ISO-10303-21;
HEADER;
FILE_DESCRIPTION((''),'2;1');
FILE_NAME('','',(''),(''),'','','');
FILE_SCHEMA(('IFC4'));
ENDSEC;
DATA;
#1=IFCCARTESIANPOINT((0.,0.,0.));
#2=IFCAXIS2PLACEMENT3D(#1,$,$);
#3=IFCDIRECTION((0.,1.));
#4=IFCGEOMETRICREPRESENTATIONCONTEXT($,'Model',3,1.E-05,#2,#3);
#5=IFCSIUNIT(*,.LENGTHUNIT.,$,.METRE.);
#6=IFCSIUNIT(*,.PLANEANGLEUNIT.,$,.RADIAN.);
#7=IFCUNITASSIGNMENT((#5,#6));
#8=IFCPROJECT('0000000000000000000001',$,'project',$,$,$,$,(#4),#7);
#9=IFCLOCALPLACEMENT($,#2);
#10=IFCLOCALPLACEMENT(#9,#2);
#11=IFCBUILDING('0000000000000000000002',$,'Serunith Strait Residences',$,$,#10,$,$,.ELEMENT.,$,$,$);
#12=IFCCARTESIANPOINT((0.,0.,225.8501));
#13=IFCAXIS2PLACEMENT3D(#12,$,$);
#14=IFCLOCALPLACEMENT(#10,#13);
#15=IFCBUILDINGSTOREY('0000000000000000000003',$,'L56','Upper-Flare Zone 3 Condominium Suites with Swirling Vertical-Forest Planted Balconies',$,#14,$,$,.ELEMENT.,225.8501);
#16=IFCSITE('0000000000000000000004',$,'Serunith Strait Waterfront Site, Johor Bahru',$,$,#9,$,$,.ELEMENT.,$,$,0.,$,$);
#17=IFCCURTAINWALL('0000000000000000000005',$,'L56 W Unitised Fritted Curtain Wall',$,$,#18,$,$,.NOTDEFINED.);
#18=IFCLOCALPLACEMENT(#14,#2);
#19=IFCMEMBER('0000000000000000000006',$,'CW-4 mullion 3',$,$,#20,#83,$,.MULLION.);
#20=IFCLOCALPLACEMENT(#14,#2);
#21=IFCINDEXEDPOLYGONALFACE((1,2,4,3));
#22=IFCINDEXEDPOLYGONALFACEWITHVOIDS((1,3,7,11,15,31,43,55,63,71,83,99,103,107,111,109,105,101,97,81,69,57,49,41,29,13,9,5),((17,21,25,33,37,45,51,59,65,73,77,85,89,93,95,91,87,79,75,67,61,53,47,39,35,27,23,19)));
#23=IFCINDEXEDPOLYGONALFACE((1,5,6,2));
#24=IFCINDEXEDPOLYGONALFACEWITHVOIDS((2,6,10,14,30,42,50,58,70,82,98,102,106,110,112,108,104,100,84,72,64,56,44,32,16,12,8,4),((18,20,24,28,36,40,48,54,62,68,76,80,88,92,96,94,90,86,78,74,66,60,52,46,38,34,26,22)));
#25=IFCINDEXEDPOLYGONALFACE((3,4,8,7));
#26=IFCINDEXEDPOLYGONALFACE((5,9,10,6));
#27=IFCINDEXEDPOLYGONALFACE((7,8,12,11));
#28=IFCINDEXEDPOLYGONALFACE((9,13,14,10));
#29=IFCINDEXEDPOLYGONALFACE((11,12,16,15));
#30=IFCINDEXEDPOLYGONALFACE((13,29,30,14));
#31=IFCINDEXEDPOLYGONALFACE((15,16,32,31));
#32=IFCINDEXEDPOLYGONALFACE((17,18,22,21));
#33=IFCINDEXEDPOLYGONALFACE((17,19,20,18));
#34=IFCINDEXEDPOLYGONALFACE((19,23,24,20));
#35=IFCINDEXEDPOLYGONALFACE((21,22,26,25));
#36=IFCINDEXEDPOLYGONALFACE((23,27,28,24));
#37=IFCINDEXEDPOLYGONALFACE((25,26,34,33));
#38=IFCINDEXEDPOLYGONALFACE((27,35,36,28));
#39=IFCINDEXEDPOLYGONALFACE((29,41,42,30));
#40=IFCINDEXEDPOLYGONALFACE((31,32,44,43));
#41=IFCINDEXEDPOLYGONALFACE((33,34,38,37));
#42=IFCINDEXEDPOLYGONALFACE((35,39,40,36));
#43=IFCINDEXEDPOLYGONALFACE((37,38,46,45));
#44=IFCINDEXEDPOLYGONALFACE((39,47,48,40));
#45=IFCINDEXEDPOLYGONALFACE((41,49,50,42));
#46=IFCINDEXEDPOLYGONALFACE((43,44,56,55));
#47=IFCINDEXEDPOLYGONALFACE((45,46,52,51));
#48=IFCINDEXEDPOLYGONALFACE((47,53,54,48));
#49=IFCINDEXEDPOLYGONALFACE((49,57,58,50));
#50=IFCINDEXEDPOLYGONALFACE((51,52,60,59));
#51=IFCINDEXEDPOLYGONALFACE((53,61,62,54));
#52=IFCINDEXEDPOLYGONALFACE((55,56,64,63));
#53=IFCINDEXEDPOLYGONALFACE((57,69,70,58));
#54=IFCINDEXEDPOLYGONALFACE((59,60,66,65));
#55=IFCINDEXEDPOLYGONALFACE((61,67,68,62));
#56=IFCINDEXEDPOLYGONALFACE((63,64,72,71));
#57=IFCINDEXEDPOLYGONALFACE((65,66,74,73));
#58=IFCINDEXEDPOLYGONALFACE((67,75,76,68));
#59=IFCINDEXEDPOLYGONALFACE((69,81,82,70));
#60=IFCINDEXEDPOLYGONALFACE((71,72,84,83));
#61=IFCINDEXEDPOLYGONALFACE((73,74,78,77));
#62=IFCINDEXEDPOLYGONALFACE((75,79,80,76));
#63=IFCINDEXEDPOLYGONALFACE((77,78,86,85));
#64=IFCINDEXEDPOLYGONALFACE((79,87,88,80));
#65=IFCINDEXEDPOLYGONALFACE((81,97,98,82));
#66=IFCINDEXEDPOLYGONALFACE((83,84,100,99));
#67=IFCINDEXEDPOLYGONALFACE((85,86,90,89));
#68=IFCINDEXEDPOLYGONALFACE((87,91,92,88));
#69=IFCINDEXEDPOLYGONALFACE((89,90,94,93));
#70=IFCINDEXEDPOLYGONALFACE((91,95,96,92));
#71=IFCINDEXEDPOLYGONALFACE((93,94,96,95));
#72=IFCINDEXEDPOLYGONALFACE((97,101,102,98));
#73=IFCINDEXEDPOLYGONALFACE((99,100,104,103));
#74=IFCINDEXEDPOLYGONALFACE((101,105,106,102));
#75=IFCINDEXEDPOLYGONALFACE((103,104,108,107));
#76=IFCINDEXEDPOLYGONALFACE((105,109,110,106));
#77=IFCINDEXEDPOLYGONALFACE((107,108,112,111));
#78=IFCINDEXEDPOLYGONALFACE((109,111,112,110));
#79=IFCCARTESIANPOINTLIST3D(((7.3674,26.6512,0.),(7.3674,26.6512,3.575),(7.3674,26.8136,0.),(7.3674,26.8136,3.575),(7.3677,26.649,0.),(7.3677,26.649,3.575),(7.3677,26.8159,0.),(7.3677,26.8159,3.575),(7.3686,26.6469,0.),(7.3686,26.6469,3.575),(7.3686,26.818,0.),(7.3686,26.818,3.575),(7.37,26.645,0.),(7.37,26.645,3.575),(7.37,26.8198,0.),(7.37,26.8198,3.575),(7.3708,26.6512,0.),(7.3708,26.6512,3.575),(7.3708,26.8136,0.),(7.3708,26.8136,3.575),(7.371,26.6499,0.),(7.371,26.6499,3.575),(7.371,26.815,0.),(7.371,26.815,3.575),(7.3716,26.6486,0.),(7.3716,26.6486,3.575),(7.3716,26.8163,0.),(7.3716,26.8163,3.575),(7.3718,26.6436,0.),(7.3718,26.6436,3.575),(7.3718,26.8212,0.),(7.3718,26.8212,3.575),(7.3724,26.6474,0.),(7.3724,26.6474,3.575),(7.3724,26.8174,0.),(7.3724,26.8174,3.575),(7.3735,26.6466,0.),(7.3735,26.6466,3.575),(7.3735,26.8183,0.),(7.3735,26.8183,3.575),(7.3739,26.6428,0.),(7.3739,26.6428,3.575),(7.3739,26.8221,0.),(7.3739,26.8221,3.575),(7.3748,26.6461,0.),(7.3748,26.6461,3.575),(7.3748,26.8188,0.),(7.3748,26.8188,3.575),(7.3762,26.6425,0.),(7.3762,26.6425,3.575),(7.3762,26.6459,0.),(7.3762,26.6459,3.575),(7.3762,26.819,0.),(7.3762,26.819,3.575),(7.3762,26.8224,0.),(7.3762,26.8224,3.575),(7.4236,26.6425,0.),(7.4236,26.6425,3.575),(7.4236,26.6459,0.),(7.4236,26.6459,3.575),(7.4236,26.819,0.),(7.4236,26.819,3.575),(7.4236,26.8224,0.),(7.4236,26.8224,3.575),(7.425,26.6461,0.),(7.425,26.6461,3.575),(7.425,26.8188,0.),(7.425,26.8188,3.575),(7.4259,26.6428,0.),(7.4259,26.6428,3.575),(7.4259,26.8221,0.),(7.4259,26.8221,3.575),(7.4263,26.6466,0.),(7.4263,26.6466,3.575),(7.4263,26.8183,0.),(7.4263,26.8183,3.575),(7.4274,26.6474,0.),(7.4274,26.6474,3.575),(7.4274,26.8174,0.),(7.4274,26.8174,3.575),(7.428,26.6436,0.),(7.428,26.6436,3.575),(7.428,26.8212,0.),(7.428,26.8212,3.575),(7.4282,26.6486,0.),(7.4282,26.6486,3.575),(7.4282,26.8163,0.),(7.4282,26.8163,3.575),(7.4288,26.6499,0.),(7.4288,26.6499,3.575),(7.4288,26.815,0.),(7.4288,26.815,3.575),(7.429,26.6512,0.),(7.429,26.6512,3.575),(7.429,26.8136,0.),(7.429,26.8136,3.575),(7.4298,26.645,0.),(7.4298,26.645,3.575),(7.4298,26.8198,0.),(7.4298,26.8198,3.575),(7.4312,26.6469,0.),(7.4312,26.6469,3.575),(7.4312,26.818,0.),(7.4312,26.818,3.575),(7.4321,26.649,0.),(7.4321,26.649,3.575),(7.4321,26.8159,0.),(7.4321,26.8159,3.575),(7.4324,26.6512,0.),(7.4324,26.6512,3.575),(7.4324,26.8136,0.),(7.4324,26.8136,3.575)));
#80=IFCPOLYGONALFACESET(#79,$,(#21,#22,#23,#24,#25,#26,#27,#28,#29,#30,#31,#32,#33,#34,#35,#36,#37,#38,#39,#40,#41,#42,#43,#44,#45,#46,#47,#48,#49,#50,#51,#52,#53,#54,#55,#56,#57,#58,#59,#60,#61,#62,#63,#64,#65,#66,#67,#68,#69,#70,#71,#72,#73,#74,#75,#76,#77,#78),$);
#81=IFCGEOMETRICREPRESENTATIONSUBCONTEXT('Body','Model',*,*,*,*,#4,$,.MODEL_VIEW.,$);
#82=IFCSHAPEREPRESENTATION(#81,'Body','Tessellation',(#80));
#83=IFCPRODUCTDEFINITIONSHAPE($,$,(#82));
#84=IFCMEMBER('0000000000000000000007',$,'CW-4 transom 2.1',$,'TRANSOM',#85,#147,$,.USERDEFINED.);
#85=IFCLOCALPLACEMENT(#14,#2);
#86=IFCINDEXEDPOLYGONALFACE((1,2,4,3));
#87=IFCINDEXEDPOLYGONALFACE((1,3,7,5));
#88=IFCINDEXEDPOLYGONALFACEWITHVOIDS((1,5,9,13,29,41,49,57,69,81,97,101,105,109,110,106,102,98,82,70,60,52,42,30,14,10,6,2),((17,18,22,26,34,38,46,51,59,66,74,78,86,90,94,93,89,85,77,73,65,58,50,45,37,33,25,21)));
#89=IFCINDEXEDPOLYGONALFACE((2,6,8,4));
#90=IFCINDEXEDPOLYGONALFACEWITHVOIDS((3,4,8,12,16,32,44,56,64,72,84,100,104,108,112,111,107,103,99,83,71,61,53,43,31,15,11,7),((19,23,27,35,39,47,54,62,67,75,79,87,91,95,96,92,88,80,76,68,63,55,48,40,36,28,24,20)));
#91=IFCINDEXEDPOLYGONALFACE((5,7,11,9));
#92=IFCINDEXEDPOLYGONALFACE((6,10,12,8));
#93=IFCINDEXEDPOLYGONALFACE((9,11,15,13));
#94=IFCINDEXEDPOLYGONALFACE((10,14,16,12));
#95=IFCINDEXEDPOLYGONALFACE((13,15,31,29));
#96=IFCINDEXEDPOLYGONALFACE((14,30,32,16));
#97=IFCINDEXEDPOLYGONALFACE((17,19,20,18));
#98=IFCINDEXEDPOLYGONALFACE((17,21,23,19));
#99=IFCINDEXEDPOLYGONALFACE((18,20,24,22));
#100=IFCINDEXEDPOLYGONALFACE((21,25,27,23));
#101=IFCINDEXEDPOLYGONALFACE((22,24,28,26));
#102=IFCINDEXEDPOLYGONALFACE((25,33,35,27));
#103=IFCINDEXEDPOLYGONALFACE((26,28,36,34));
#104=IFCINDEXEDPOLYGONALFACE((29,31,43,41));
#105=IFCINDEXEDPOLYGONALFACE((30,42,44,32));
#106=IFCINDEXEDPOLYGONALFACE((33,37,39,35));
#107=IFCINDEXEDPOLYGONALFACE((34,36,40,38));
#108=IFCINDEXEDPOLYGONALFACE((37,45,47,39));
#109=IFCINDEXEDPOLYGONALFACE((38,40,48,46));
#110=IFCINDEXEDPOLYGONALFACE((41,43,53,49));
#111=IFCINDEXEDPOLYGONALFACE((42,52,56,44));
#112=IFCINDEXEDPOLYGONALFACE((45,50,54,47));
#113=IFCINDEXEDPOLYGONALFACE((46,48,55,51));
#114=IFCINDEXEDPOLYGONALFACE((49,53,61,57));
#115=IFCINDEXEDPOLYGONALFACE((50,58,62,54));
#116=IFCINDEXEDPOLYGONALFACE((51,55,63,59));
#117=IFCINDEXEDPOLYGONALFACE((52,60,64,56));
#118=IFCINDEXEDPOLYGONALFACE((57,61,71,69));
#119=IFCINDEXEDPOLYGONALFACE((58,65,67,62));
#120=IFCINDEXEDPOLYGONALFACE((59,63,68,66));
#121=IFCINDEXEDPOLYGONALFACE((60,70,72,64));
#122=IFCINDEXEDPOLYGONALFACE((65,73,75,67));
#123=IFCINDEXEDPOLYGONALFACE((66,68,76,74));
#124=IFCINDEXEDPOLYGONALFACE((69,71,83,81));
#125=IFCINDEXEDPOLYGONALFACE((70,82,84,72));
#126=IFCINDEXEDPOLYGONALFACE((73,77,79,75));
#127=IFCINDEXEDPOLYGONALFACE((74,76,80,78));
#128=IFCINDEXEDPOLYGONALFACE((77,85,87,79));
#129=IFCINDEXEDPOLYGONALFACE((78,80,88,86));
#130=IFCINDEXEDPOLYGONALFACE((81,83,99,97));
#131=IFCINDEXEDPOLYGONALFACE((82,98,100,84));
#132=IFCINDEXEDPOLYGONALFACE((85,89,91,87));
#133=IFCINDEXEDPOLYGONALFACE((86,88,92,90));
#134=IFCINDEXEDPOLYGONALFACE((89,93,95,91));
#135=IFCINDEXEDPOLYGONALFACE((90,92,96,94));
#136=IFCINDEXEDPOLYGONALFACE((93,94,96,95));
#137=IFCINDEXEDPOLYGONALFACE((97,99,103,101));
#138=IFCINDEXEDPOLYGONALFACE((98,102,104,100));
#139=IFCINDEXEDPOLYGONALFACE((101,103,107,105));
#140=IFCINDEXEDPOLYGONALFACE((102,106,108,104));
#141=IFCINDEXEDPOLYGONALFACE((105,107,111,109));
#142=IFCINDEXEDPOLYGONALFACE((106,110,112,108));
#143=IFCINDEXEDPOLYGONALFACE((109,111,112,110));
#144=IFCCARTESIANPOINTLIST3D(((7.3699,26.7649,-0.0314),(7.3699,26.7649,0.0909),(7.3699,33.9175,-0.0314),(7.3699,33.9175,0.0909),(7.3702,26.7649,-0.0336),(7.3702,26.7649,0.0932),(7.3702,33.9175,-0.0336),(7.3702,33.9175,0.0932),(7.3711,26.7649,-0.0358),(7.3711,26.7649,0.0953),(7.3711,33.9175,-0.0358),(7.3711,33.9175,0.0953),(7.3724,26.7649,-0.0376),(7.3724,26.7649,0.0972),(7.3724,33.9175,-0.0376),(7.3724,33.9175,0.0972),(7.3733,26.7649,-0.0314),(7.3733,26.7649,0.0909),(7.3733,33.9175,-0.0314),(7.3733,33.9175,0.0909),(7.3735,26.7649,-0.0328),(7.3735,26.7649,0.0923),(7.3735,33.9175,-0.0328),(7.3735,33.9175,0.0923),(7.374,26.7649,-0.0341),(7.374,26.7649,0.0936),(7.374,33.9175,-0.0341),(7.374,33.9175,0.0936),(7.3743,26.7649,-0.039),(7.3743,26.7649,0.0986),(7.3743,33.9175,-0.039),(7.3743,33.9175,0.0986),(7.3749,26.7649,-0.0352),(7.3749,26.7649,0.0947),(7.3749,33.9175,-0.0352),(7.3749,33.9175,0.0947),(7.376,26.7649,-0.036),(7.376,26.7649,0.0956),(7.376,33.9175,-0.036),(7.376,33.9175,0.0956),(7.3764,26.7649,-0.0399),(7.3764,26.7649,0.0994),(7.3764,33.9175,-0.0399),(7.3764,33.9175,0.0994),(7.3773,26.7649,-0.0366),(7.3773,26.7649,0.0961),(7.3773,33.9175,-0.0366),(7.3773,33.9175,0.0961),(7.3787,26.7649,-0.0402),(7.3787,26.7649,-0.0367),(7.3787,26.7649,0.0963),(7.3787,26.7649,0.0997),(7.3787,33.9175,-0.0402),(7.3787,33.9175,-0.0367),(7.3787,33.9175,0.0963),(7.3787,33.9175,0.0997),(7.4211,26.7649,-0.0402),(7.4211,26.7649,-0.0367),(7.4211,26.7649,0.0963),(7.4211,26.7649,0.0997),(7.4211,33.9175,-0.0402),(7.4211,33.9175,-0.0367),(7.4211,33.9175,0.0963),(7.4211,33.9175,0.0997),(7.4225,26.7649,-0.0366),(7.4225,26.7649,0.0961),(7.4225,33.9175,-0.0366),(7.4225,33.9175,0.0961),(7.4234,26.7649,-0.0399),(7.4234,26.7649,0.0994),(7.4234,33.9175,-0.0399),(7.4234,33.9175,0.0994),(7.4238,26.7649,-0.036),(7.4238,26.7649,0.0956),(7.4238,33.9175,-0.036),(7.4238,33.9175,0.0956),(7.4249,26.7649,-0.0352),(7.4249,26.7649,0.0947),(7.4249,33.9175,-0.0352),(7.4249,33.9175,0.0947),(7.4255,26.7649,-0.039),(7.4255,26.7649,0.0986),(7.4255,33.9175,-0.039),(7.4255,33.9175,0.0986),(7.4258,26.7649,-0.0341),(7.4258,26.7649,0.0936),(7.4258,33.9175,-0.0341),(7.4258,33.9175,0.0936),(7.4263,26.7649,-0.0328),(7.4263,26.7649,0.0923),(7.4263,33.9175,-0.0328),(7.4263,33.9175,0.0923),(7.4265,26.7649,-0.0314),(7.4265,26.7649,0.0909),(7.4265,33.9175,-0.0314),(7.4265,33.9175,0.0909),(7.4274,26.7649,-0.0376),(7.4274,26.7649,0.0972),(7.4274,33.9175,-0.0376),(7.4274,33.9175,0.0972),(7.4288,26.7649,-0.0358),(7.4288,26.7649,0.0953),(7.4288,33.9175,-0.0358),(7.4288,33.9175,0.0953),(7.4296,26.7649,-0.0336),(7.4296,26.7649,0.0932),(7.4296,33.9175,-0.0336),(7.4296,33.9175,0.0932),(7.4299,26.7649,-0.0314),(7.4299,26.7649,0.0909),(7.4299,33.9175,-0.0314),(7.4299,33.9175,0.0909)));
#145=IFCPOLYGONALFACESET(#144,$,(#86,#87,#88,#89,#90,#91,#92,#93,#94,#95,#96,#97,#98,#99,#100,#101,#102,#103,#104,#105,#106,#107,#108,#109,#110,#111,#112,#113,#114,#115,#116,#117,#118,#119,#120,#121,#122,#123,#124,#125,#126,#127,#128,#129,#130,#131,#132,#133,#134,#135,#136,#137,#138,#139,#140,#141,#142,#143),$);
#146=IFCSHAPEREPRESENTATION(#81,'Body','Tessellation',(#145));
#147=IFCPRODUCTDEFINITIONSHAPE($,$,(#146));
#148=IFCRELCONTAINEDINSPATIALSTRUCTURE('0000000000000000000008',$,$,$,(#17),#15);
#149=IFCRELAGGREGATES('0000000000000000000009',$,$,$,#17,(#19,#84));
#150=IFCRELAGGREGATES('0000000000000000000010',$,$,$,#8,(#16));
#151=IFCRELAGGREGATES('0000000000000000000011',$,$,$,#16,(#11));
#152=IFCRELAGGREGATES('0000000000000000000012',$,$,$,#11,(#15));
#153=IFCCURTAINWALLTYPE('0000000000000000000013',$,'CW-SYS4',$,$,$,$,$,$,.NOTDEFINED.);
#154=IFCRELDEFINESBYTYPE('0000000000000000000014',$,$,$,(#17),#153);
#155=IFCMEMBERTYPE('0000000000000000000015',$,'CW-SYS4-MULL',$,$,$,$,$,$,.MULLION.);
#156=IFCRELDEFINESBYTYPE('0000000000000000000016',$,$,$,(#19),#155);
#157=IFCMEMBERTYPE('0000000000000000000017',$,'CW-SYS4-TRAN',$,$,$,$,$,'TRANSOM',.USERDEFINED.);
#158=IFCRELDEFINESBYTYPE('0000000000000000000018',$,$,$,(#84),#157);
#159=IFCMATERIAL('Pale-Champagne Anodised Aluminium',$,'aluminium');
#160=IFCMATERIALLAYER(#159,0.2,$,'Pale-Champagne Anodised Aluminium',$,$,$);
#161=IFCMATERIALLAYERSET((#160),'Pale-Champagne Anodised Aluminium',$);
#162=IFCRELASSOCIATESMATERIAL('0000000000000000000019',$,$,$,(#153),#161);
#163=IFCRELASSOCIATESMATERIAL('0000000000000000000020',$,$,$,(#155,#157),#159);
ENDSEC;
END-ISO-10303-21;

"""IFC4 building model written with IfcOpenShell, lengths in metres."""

from ifc_helpers import new_model, si_unit, direction, frame, origin, origin_2d, place, context, subcontext, project, spatial, hollow_rectangle, extrude, source, transform, mapped, material, layer, layer_set, material_profile, profile_set, type_object, element, aggregate, save


model = new_model("IFC4")

# Units and contexts
model_context = context("Model", 3, precision=1e-05, world=origin(), true_north=direction((0.0, 1.0)))
body_context = subcontext(model_context, "Body", "Model", "MODEL_VIEW")
ifc_project = project(units=[si_unit("LENGTHUNIT", "METRE"), si_unit("PLANEANGLEUNIT", "RADIAN")], contexts=[model_context])

# Site, building, storey
site_placement = place(None, origin())
site = spatial("IfcSite", under=ifc_project, at=site_placement, Name="Serunith Strait Waterfront Site, Johor Bahru", CompositionType="ELEMENT", RefElevation=0.0)
building_placement = place(site_placement, origin())
building = spatial("IfcBuilding", under=site, at=building_placement, Name="Serunith Strait Residences", CompositionType="ELEMENT")
storey_placement = place(building_placement, frame((0.0, 0.0, 225.8501)))
storey = spatial("IfcBuildingStorey", under=building, at=storey_placement, Name="L56", Description="Upper-Flare Zone 3 Condominium Suites with Swirling Vertical-Forest Planted Balconies", CompositionType="ELEMENT", Elevation=225.8501)

# Curtain wall, members
ifc_material_1 = material(Name="Pale-Champagne Anodised Aluminium", Category="aluminium")
ifc_layer_1 = layer(ifc_material_1, 0.2, Name="Pale-Champagne Anodised Aluminium")
ifc_layer_set_1 = layer_set([ifc_layer_1], Name="Pale-Champagne Anodised Aluminium")
curtain_wall_type = type_object("IfcCurtainWallType", Name="CW-SYS4", PredefinedType="NOTDEFINED", material=ifc_layer_set_1)
curtain_wall_placement = place(storey_placement, origin())
curtain_wall = element("IfcCurtainWall", 1, at=curtain_wall_placement, inside=storey, type_object=curtain_wall_type, Name="L56 W Unitised Fritted Curtain Wall", PredefinedType="NOTDEFINED")
ifc_material_profile_1 = material_profile(ifc_material_1, hollow_rectangle(XDim=0.0649, YDim=0.1799, WallThickness=0.0034, InnerFilletRadius=0.0054, OuterFilletRadius=0.0088, at=origin_2d()), Name="ALU 180x65x3.5")
ifc_profile_set_1 = profile_set([ifc_material_profile_1], Name="Pale-Champagne Anodised Aluminium")
member_type_1 = type_object("IfcMemberType", Name="CW-SYS4-MULL", PredefinedType="MULLION", material=ifc_profile_set_1)
shared_shape_1 = source(origin(), body_context, "Body", "SweptSolid", [
    extrude(hollow_rectangle(XDim=0.0649, YDim=0.1799, WallThickness=0.0034, InnerFilletRadius=0.0054, OuterFilletRadius=0.0088, at=origin_2d()), origin(), (0.0, 0.0, 1.0), 3.575),
])
member_1_placement = place(storey_placement, frame((7.3999, 26.7324, 0.0), z_axis=(0.0, 0.0, 1.0), x_axis=(1.0, 0.0, 0.0)))
member_1 = element("IfcMember", 2, at=member_1_placement, type_object=member_type_1, Name="CW-4 mullion 3", PredefinedType="MULLION", context=body_context, shape_type="MappedRepresentation", body=[
    mapped(shared_shape_1, transform((0.0, 0.0, 0.0), scale=1.0)),
])
ifc_material_profile_2 = material_profile(ifc_material_1, hollow_rectangle(XDim=0.0601, YDim=0.1399, WallThickness=0.0034, InnerFilletRadius=0.0054, OuterFilletRadius=0.0088, at=origin_2d()), Name="ALU 140x60x3.5")
ifc_profile_set_2 = profile_set([ifc_material_profile_2], Name="Pale-Champagne Anodised Aluminium")
member_type_2 = type_object("IfcMemberType", Name="CW-SYS4-TRAN", ElementType="TRANSOM", PredefinedType="USERDEFINED", material=ifc_profile_set_2)
shared_shape_2 = source(origin(), body_context, "Body", "SweptSolid", [
    extrude(hollow_rectangle(XDim=0.0601, YDim=0.1399, WallThickness=0.0034, InnerFilletRadius=0.0054, OuterFilletRadius=0.0088, at=origin_2d()), origin(), (0.0, 0.0, 1.0), 7.1526),
])
member_2_placement = place(storey_placement, frame((7.3999, 33.9175, 0.0298), z_axis=(0.0, -1.0, 0.0), x_axis=(1.0, 0.0, 0.0)))
member_2 = element("IfcMember", 3, at=member_2_placement, type_object=member_type_2, Name="CW-4 transom 2.1", ObjectType="TRANSOM", PredefinedType="USERDEFINED", context=body_context, shape_type="MappedRepresentation", body=[
    mapped(shared_shape_2, transform((0.0, 0.0, 0.0), scale=1.0)),
])
aggregate(curtain_wall, [member_1, member_2])

save(model, "model.ifc")
